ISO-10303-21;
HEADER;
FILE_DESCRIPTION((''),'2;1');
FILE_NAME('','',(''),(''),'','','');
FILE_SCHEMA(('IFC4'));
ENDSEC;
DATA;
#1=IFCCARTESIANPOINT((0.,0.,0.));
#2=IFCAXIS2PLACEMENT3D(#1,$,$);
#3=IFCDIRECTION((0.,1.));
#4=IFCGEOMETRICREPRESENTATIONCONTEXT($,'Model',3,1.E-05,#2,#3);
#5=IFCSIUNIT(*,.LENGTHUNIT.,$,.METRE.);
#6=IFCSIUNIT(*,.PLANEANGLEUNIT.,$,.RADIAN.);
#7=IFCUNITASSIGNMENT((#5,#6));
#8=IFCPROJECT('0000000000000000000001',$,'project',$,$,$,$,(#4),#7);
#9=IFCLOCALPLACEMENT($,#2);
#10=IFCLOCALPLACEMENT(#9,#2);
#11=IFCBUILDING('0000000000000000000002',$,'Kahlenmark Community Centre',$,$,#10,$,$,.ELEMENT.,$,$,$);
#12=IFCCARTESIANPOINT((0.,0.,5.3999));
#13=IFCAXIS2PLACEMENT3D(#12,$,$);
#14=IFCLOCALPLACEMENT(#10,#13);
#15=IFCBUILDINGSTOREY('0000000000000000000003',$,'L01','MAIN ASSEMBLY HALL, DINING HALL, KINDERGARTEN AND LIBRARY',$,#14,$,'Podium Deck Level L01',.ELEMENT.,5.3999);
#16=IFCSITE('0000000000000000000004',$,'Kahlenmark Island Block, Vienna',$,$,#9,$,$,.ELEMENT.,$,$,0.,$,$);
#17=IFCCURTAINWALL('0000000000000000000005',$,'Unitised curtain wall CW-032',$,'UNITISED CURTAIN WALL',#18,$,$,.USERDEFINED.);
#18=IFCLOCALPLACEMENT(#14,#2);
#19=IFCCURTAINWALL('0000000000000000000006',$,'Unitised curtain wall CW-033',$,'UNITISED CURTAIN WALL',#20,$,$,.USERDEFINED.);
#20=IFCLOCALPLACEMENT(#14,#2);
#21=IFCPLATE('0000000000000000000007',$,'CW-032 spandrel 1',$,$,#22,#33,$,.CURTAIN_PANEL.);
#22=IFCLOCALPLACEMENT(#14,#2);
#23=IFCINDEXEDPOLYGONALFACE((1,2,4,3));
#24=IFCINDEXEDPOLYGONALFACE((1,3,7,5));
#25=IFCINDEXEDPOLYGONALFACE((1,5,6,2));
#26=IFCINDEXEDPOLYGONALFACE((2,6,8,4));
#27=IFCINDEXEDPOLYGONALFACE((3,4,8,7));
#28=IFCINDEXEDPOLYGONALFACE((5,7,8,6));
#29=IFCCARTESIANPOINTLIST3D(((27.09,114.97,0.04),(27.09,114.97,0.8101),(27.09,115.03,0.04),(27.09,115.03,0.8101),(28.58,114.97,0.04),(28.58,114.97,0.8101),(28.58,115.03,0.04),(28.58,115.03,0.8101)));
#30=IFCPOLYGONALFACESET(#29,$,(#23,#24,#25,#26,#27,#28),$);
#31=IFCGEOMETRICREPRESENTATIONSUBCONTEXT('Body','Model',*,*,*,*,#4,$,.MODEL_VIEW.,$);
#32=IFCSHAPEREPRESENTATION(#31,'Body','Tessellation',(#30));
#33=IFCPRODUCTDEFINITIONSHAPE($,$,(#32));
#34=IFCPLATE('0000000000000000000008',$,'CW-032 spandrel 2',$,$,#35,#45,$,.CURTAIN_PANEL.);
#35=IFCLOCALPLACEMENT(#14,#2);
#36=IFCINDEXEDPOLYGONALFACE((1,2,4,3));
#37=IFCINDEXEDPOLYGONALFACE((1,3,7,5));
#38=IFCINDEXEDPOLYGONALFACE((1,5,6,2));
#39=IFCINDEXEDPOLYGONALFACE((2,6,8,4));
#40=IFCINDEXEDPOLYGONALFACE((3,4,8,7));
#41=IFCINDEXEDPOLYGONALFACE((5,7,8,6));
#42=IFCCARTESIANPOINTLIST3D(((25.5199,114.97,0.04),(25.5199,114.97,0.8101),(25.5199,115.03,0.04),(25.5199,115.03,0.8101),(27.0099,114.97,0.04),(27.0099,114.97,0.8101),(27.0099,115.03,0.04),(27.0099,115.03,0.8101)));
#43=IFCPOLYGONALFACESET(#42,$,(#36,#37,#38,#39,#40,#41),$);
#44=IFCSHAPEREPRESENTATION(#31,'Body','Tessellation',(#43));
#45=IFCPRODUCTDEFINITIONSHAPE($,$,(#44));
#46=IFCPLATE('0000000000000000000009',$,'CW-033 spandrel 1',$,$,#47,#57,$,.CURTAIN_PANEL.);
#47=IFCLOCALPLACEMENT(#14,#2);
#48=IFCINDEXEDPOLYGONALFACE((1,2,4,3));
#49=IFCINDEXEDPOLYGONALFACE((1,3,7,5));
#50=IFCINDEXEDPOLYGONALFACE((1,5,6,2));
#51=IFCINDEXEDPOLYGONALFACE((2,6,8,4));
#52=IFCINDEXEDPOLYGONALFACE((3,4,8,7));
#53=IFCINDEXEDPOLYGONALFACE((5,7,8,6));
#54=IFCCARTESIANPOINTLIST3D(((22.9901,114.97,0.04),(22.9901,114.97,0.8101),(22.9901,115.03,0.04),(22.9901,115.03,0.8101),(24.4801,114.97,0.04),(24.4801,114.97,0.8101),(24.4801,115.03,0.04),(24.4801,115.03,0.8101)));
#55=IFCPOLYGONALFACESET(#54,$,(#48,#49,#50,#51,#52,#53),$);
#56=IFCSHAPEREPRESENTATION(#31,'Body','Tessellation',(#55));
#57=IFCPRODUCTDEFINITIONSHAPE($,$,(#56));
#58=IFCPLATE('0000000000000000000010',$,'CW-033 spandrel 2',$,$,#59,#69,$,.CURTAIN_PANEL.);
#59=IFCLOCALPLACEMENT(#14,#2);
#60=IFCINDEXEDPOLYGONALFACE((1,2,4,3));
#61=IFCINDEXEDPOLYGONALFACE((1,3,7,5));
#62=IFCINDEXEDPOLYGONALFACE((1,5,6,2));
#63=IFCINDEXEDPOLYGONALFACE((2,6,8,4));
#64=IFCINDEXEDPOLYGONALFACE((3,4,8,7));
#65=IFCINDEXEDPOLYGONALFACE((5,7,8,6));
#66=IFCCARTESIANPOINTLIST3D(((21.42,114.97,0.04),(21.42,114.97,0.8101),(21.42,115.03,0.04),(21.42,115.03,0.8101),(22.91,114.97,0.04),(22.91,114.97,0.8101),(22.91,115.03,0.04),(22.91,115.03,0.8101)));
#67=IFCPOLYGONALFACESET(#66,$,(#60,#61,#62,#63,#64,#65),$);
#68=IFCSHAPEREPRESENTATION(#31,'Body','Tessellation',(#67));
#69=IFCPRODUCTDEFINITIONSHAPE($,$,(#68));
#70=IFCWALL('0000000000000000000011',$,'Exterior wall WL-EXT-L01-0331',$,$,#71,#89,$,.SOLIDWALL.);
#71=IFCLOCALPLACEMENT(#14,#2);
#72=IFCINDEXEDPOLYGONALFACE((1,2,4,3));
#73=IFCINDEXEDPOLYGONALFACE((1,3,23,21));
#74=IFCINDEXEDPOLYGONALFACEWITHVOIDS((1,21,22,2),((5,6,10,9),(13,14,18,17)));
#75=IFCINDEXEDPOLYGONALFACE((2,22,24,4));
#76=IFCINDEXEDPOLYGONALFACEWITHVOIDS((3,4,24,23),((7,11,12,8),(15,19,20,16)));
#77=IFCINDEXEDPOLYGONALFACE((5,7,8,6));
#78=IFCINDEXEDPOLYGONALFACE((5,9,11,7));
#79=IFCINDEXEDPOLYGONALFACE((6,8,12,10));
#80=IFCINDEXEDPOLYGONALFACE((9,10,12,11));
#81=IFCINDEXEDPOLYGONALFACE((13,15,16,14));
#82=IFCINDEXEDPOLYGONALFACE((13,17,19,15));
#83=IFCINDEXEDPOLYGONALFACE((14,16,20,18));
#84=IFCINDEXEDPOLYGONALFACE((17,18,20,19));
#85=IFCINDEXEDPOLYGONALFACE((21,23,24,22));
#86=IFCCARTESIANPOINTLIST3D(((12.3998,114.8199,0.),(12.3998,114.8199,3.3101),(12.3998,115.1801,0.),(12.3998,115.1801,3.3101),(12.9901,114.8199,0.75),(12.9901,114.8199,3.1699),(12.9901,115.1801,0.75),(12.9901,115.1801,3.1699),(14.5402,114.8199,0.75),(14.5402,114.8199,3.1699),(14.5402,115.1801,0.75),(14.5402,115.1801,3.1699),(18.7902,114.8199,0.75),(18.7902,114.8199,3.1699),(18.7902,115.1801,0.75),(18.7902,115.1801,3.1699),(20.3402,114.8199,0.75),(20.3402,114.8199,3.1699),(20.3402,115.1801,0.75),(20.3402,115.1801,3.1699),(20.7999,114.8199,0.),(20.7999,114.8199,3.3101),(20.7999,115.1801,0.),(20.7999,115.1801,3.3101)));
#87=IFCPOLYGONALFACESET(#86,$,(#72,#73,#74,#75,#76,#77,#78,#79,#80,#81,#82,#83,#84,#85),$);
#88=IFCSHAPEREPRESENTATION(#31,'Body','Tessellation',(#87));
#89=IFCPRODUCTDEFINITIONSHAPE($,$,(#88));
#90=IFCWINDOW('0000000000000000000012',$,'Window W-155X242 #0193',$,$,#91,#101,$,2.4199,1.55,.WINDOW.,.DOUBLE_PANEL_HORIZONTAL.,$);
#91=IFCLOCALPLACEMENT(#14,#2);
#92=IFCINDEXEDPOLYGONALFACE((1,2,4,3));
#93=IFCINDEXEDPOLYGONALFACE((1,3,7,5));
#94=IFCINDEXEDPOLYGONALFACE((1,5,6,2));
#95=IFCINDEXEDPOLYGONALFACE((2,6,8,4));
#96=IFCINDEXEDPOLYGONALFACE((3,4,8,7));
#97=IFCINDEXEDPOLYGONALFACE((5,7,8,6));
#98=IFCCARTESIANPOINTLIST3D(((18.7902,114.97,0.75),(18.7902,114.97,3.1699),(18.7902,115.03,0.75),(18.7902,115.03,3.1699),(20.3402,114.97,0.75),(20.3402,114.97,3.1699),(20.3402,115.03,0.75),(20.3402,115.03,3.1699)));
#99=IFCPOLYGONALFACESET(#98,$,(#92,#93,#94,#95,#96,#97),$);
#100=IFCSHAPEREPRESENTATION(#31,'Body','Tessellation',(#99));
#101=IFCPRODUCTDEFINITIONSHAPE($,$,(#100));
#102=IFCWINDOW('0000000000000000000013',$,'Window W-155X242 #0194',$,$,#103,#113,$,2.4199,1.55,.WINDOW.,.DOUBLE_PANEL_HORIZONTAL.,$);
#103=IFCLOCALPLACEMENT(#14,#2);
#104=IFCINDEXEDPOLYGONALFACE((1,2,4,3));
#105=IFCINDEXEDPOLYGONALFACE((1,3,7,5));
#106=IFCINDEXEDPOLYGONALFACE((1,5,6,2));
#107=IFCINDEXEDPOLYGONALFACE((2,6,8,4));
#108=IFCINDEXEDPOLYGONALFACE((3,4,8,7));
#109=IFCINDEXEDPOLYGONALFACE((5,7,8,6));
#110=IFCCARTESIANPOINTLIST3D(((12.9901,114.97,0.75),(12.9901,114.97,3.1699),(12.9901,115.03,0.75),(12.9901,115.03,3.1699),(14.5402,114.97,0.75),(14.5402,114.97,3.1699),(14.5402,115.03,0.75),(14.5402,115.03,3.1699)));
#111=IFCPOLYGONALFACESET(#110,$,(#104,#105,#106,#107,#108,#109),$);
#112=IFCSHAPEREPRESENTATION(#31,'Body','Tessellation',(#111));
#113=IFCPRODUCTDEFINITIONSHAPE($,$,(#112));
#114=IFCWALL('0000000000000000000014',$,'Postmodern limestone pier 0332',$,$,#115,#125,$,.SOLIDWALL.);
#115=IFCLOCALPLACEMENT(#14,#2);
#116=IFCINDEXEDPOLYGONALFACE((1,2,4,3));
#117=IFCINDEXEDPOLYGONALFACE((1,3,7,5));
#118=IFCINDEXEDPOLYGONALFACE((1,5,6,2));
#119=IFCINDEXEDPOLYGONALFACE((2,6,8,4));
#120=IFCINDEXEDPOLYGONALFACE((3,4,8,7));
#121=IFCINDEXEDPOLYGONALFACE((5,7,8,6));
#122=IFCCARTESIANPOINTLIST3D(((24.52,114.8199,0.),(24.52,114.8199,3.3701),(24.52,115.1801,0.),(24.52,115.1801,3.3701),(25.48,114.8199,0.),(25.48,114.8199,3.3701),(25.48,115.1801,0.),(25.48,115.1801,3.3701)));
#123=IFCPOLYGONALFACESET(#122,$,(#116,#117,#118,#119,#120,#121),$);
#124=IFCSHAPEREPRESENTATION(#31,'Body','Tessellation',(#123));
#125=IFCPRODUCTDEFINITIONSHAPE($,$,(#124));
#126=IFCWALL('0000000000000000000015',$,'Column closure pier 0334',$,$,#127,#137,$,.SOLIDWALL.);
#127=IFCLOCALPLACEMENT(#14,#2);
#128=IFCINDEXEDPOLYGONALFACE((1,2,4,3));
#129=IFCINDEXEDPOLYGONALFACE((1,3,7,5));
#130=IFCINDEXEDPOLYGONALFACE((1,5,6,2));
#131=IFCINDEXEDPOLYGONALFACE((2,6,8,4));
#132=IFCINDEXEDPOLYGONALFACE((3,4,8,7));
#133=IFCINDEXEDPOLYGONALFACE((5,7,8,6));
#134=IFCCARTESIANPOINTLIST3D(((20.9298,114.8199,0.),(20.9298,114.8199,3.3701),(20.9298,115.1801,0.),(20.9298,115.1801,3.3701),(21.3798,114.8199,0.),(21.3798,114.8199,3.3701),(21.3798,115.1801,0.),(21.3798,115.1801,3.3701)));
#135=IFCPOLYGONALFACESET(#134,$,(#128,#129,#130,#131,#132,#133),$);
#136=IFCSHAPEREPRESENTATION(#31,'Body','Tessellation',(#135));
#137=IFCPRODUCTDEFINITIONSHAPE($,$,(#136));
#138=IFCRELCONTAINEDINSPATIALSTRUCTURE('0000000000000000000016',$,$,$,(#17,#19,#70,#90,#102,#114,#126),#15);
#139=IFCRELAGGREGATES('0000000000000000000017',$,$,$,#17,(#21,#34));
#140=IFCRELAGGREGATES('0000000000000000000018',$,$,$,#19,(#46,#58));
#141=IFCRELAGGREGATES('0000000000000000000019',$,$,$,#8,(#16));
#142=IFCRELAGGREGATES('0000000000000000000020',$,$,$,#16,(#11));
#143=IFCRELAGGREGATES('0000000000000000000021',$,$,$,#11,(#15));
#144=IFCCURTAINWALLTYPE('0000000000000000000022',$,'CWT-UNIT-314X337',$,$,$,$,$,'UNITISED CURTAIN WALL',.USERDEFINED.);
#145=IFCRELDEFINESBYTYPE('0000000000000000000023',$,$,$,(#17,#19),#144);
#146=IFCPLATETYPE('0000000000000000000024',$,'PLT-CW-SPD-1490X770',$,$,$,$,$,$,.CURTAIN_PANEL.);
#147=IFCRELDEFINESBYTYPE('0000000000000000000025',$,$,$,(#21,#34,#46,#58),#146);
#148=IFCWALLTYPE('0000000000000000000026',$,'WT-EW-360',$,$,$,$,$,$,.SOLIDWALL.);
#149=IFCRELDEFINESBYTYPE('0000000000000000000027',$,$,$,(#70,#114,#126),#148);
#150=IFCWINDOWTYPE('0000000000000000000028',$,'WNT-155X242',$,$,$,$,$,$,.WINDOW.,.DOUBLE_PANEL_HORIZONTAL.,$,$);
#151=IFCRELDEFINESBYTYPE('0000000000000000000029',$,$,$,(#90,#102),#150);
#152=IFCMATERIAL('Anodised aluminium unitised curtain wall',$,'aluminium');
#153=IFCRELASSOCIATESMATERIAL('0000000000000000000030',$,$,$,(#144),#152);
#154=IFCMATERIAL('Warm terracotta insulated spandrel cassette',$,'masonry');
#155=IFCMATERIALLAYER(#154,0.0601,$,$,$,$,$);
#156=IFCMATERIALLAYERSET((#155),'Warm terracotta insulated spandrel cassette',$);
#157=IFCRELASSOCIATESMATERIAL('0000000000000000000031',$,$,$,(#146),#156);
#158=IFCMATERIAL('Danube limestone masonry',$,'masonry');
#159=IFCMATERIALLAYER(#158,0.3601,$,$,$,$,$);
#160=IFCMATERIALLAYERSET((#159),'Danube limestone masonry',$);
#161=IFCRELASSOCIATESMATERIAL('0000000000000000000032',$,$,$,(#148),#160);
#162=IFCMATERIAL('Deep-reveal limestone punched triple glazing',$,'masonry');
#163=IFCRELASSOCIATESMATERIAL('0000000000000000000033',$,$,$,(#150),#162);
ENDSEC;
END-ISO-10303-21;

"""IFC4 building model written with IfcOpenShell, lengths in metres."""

from ifc_helpers import new_model, si_unit, direction, frame, frame_2d, origin, origin_2d, place, context, subcontext, project, spatial, rectangle, extrude, material, layer, layer_set, type_object, element, fill, aggregate, save


model = new_model("IFC4")

# Units and contexts
model_context = context("Model", 3, precision=1e-05, world=origin(), true_north=direction((0.0, 1.0)))
body_context = subcontext(model_context, "Body", "Model", "MODEL_VIEW")
ifc_project = project(units=[si_unit("LENGTHUNIT", "METRE"), si_unit("PLANEANGLEUNIT", "RADIAN")], contexts=[model_context])

# Site, building, storey
site_placement = place(None, origin())
site = spatial("IfcSite", under=ifc_project, at=site_placement, Name="Kahlenmark Island Block, Vienna", CompositionType="ELEMENT", RefElevation=0.0)
building_placement = place(site_placement, origin())
building = spatial("IfcBuilding", under=site, at=building_placement, Name="Kahlenmark Community Centre", CompositionType="ELEMENT")
storey_placement = place(building_placement, frame((0.0, 0.0, 5.3999)))
storey = spatial("IfcBuildingStorey", under=building, at=storey_placement, Name="L01", Description="MAIN ASSEMBLY HALL, DINING HALL, KINDERGARTEN AND LIBRARY", LongName="Podium Deck Level L01", CompositionType="ELEMENT", Elevation=5.3999)

# Curtain walls
ifc_material_1 = material(Name="Anodised aluminium unitised curtain wall", Category="aluminium")
curtain_wall_type = type_object("IfcCurtainWallType", Name="CWT-UNIT-314X337", ElementType="UNITISED CURTAIN WALL", PredefinedType="USERDEFINED", material=ifc_material_1)
curtain_wall_1_placement = place(storey_placement, origin())
curtain_wall_1 = element("IfcCurtainWall", 1, at=curtain_wall_1_placement, inside=storey, type_object=curtain_wall_type, Name="Unitised curtain wall CW-032", ObjectType="UNITISED CURTAIN WALL", PredefinedType="USERDEFINED")
curtain_wall_2_placement = place(storey_placement, origin())
curtain_wall_2 = element("IfcCurtainWall", 2, at=curtain_wall_2_placement, inside=storey, type_object=curtain_wall_type, Name="Unitised curtain wall CW-033", ObjectType="UNITISED CURTAIN WALL", PredefinedType="USERDEFINED")

# Plates
ifc_material_2 = material(Name="Warm terracotta insulated spandrel cassette", Category="masonry")
ifc_layer_1 = layer(ifc_material_2, 0.0601)
ifc_layer_set_1 = layer_set([ifc_layer_1], Name="Warm terracotta insulated spandrel cassette")
plate_type_1 = type_object("IfcPlateType", Name="PLT-CW-SPD-1490X770", PredefinedType="CURTAIN_PANEL", material=ifc_layer_set_1)
plate_1_placement = place(storey_placement, frame((27.835, 115.0, 0.04), z_axis=(0.0, 0.0, 1.0), x_axis=(-1.0, 0.0, 0.0)))
plate_1 = element("IfcPlate", 3, at=plate_1_placement, type_object=plate_type_1, Name="CW-032 spandrel 1", PredefinedType="CURTAIN_PANEL", context=body_context, shape_type="SweptSolid", body=[
    extrude(rectangle(XDim=1.49, YDim=0.0601, at=origin_2d()), origin(), (0.0, 0.0, 1.0), 0.77),
])
plate_2_placement = place(storey_placement, frame((26.2649, 115.0, 0.04), z_axis=(0.0, 0.0, 1.0), x_axis=(-1.0, 0.0, 0.0)))
plate_2 = element("IfcPlate", 4, at=plate_2_placement, type_object=plate_type_1, Name="CW-032 spandrel 2", PredefinedType="CURTAIN_PANEL", context=body_context, shape_type="SweptSolid", body=[
    extrude(rectangle(XDim=1.49, YDim=0.0601, at=origin_2d()), origin(), (0.0, 0.0, 1.0), 0.77),
])
aggregate(curtain_wall_1, [plate_1, plate_2])
plate_3_placement = place(storey_placement, frame((23.7351, 115.0, 0.04), z_axis=(0.0, 0.0, 1.0), x_axis=(-1.0, 0.0, 0.0)))
plate_3 = element("IfcPlate", 5, at=plate_3_placement, type_object=plate_type_1, Name="CW-033 spandrel 1", PredefinedType="CURTAIN_PANEL", context=body_context, shape_type="SweptSolid", body=[
    extrude(rectangle(XDim=1.49, YDim=0.0601, at=origin_2d()), origin(), (0.0, 0.0, 1.0), 0.77),
])
plate_4_placement = place(storey_placement, frame((22.165, 115.0, 0.04), z_axis=(0.0, 0.0, 1.0), x_axis=(-1.0, 0.0, 0.0)))
plate_4 = element("IfcPlate", 6, at=plate_4_placement, type_object=plate_type_1, Name="CW-033 spandrel 2", PredefinedType="CURTAIN_PANEL", context=body_context, shape_type="SweptSolid", body=[
    extrude(rectangle(XDim=1.49, YDim=0.0601, at=origin_2d()), origin(), (0.0, 0.0, 1.0), 0.77),
])
aggregate(curtain_wall_2, [plate_3, plate_4])

# Wall, openings, windows
ifc_material_3 = material(Name="Danube limestone masonry", Category="masonry")
ifc_layer_2 = layer(ifc_material_3, 0.3601)
ifc_layer_set_2 = layer_set([ifc_layer_2], Name="Danube limestone masonry")
wall_type = type_object("IfcWallType", Name="WT-EW-360", PredefinedType="SOLIDWALL", material=ifc_layer_set_2)
wall_1_placement = place(storey_placement, frame((20.8, 115.0, 0.0), z_axis=(0.0, 0.0, 1.0), x_axis=(-1.0, 0.0, 0.0)))
wall_1 = element("IfcWall", 7, at=wall_1_placement, inside=storey, type_object=wall_type, Name="Exterior wall WL-EXT-L01-0331", PredefinedType="SOLIDWALL", context=body_context, shape_type="SweptSolid", body=[
    extrude(rectangle(XDim=8.4001, YDim=0.3601, at=frame_2d((4.2002, 0.0))), origin(), (0.0, 0.0, 1.0), 3.3101),
])
opening_1_placement = place(wall_1_placement, frame((0.46, 0.0, 0.75)))
opening_1 = element("IfcOpeningElement", 8, at=opening_1_placement, cuts=wall_1, PredefinedType="OPENING", context=body_context, shape_type="SweptSolid", body=[
    extrude(rectangle(XDim=1.55, YDim=2.4199, at=frame_2d((0.7749, 1.21))), frame((0.0, 0.1899, 0.0), z_axis=(0.0, -1.0, 0.0), x_axis=(1.0, 0.0, 0.0)), (0.0, 0.0, 1.0), 0.3801),
])
opening_2_placement = place(wall_1_placement, frame((6.26, 0.0, 0.75)))
opening_2 = element("IfcOpeningElement", 9, at=opening_2_placement, cuts=wall_1, PredefinedType="OPENING", context=body_context, shape_type="SweptSolid", body=[
    extrude(rectangle(XDim=1.55, YDim=2.4199, at=frame_2d((0.7749, 1.21))), frame((0.0, 0.1899, 0.0), z_axis=(0.0, -1.0, 0.0), x_axis=(1.0, 0.0, 0.0)), (0.0, 0.0, 1.0), 0.3801),
])
ifc_material_4 = material(Name="Deep-reveal limestone punched triple glazing", Category="masonry")
window_type = type_object("IfcWindowType", Name="WNT-155X242", PartitioningType="DOUBLE_PANEL_HORIZONTAL", PredefinedType="WINDOW", material=ifc_material_4)
window_1_placement = place(opening_1_placement, origin())
window_1 = element("IfcWindow", 10, at=window_1_placement, inside=storey, type_object=window_type, Name="Window W-155X242 #0193", OverallHeight=2.4199, OverallWidth=1.55, PartitioningType="DOUBLE_PANEL_HORIZONTAL", PredefinedType="WINDOW", context=body_context, shape_type="SweptSolid", body=[
    extrude(rectangle(XDim=1.55, YDim=2.4199, at=frame_2d((0.7749, 1.21))), frame((0.0, 0.03, 0.0), z_axis=(0.0, -1.0, 0.0), x_axis=(1.0, 0.0, 0.0)), (0.0, 0.0, 1.0), 0.0601),
])
fill(opening_1, window_1)
window_2_placement = place(opening_2_placement, origin())
window_2 = element("IfcWindow", 11, at=window_2_placement, inside=storey, type_object=window_type, Name="Window W-155X242 #0194", OverallHeight=2.4199, OverallWidth=1.55, PartitioningType="DOUBLE_PANEL_HORIZONTAL", PredefinedType="WINDOW", context=body_context, shape_type="SweptSolid", body=[
    extrude(rectangle(XDim=1.55, YDim=2.4199, at=frame_2d((0.7749, 1.21))), frame((0.0, 0.03, 0.0), z_axis=(0.0, -1.0, 0.0), x_axis=(1.0, 0.0, 0.0)), (0.0, 0.0, 1.0), 0.0601),
])
fill(opening_2, window_2)

# Walls
wall_2_placement = place(storey_placement, frame((25.48, 115.0, 0.0), z_axis=(0.0, 0.0, 1.0), x_axis=(-1.0, 0.0, 0.0)))
element("IfcWall", 12, at=wall_2_placement, inside=storey, type_object=wall_type, Name="Postmodern limestone pier 0332", PredefinedType="SOLIDWALL", context=body_context, shape_type="SweptSolid", body=[
    extrude(rectangle(XDim=0.96, YDim=0.3601, at=frame_2d((0.48, 0.0))), origin(), (0.0, 0.0, 1.0), 3.3701),
])
wall_3_placement = place(storey_placement, frame((21.3799, 115.0, 0.0), z_axis=(0.0, 0.0, 1.0), x_axis=(-1.0, 0.0, 0.0)))
element("IfcWall", 13, at=wall_3_placement, inside=storey, type_object=wall_type, Name="Column closure pier 0334", PredefinedType="SOLIDWALL", context=body_context, shape_type="SweptSolid", body=[
    extrude(rectangle(XDim=0.45, YDim=0.3601, at=frame_2d((0.2251, 0.0))), origin(), (0.0, 0.0, 1.0), 3.3701),
])

save(model, "model.ifc")
